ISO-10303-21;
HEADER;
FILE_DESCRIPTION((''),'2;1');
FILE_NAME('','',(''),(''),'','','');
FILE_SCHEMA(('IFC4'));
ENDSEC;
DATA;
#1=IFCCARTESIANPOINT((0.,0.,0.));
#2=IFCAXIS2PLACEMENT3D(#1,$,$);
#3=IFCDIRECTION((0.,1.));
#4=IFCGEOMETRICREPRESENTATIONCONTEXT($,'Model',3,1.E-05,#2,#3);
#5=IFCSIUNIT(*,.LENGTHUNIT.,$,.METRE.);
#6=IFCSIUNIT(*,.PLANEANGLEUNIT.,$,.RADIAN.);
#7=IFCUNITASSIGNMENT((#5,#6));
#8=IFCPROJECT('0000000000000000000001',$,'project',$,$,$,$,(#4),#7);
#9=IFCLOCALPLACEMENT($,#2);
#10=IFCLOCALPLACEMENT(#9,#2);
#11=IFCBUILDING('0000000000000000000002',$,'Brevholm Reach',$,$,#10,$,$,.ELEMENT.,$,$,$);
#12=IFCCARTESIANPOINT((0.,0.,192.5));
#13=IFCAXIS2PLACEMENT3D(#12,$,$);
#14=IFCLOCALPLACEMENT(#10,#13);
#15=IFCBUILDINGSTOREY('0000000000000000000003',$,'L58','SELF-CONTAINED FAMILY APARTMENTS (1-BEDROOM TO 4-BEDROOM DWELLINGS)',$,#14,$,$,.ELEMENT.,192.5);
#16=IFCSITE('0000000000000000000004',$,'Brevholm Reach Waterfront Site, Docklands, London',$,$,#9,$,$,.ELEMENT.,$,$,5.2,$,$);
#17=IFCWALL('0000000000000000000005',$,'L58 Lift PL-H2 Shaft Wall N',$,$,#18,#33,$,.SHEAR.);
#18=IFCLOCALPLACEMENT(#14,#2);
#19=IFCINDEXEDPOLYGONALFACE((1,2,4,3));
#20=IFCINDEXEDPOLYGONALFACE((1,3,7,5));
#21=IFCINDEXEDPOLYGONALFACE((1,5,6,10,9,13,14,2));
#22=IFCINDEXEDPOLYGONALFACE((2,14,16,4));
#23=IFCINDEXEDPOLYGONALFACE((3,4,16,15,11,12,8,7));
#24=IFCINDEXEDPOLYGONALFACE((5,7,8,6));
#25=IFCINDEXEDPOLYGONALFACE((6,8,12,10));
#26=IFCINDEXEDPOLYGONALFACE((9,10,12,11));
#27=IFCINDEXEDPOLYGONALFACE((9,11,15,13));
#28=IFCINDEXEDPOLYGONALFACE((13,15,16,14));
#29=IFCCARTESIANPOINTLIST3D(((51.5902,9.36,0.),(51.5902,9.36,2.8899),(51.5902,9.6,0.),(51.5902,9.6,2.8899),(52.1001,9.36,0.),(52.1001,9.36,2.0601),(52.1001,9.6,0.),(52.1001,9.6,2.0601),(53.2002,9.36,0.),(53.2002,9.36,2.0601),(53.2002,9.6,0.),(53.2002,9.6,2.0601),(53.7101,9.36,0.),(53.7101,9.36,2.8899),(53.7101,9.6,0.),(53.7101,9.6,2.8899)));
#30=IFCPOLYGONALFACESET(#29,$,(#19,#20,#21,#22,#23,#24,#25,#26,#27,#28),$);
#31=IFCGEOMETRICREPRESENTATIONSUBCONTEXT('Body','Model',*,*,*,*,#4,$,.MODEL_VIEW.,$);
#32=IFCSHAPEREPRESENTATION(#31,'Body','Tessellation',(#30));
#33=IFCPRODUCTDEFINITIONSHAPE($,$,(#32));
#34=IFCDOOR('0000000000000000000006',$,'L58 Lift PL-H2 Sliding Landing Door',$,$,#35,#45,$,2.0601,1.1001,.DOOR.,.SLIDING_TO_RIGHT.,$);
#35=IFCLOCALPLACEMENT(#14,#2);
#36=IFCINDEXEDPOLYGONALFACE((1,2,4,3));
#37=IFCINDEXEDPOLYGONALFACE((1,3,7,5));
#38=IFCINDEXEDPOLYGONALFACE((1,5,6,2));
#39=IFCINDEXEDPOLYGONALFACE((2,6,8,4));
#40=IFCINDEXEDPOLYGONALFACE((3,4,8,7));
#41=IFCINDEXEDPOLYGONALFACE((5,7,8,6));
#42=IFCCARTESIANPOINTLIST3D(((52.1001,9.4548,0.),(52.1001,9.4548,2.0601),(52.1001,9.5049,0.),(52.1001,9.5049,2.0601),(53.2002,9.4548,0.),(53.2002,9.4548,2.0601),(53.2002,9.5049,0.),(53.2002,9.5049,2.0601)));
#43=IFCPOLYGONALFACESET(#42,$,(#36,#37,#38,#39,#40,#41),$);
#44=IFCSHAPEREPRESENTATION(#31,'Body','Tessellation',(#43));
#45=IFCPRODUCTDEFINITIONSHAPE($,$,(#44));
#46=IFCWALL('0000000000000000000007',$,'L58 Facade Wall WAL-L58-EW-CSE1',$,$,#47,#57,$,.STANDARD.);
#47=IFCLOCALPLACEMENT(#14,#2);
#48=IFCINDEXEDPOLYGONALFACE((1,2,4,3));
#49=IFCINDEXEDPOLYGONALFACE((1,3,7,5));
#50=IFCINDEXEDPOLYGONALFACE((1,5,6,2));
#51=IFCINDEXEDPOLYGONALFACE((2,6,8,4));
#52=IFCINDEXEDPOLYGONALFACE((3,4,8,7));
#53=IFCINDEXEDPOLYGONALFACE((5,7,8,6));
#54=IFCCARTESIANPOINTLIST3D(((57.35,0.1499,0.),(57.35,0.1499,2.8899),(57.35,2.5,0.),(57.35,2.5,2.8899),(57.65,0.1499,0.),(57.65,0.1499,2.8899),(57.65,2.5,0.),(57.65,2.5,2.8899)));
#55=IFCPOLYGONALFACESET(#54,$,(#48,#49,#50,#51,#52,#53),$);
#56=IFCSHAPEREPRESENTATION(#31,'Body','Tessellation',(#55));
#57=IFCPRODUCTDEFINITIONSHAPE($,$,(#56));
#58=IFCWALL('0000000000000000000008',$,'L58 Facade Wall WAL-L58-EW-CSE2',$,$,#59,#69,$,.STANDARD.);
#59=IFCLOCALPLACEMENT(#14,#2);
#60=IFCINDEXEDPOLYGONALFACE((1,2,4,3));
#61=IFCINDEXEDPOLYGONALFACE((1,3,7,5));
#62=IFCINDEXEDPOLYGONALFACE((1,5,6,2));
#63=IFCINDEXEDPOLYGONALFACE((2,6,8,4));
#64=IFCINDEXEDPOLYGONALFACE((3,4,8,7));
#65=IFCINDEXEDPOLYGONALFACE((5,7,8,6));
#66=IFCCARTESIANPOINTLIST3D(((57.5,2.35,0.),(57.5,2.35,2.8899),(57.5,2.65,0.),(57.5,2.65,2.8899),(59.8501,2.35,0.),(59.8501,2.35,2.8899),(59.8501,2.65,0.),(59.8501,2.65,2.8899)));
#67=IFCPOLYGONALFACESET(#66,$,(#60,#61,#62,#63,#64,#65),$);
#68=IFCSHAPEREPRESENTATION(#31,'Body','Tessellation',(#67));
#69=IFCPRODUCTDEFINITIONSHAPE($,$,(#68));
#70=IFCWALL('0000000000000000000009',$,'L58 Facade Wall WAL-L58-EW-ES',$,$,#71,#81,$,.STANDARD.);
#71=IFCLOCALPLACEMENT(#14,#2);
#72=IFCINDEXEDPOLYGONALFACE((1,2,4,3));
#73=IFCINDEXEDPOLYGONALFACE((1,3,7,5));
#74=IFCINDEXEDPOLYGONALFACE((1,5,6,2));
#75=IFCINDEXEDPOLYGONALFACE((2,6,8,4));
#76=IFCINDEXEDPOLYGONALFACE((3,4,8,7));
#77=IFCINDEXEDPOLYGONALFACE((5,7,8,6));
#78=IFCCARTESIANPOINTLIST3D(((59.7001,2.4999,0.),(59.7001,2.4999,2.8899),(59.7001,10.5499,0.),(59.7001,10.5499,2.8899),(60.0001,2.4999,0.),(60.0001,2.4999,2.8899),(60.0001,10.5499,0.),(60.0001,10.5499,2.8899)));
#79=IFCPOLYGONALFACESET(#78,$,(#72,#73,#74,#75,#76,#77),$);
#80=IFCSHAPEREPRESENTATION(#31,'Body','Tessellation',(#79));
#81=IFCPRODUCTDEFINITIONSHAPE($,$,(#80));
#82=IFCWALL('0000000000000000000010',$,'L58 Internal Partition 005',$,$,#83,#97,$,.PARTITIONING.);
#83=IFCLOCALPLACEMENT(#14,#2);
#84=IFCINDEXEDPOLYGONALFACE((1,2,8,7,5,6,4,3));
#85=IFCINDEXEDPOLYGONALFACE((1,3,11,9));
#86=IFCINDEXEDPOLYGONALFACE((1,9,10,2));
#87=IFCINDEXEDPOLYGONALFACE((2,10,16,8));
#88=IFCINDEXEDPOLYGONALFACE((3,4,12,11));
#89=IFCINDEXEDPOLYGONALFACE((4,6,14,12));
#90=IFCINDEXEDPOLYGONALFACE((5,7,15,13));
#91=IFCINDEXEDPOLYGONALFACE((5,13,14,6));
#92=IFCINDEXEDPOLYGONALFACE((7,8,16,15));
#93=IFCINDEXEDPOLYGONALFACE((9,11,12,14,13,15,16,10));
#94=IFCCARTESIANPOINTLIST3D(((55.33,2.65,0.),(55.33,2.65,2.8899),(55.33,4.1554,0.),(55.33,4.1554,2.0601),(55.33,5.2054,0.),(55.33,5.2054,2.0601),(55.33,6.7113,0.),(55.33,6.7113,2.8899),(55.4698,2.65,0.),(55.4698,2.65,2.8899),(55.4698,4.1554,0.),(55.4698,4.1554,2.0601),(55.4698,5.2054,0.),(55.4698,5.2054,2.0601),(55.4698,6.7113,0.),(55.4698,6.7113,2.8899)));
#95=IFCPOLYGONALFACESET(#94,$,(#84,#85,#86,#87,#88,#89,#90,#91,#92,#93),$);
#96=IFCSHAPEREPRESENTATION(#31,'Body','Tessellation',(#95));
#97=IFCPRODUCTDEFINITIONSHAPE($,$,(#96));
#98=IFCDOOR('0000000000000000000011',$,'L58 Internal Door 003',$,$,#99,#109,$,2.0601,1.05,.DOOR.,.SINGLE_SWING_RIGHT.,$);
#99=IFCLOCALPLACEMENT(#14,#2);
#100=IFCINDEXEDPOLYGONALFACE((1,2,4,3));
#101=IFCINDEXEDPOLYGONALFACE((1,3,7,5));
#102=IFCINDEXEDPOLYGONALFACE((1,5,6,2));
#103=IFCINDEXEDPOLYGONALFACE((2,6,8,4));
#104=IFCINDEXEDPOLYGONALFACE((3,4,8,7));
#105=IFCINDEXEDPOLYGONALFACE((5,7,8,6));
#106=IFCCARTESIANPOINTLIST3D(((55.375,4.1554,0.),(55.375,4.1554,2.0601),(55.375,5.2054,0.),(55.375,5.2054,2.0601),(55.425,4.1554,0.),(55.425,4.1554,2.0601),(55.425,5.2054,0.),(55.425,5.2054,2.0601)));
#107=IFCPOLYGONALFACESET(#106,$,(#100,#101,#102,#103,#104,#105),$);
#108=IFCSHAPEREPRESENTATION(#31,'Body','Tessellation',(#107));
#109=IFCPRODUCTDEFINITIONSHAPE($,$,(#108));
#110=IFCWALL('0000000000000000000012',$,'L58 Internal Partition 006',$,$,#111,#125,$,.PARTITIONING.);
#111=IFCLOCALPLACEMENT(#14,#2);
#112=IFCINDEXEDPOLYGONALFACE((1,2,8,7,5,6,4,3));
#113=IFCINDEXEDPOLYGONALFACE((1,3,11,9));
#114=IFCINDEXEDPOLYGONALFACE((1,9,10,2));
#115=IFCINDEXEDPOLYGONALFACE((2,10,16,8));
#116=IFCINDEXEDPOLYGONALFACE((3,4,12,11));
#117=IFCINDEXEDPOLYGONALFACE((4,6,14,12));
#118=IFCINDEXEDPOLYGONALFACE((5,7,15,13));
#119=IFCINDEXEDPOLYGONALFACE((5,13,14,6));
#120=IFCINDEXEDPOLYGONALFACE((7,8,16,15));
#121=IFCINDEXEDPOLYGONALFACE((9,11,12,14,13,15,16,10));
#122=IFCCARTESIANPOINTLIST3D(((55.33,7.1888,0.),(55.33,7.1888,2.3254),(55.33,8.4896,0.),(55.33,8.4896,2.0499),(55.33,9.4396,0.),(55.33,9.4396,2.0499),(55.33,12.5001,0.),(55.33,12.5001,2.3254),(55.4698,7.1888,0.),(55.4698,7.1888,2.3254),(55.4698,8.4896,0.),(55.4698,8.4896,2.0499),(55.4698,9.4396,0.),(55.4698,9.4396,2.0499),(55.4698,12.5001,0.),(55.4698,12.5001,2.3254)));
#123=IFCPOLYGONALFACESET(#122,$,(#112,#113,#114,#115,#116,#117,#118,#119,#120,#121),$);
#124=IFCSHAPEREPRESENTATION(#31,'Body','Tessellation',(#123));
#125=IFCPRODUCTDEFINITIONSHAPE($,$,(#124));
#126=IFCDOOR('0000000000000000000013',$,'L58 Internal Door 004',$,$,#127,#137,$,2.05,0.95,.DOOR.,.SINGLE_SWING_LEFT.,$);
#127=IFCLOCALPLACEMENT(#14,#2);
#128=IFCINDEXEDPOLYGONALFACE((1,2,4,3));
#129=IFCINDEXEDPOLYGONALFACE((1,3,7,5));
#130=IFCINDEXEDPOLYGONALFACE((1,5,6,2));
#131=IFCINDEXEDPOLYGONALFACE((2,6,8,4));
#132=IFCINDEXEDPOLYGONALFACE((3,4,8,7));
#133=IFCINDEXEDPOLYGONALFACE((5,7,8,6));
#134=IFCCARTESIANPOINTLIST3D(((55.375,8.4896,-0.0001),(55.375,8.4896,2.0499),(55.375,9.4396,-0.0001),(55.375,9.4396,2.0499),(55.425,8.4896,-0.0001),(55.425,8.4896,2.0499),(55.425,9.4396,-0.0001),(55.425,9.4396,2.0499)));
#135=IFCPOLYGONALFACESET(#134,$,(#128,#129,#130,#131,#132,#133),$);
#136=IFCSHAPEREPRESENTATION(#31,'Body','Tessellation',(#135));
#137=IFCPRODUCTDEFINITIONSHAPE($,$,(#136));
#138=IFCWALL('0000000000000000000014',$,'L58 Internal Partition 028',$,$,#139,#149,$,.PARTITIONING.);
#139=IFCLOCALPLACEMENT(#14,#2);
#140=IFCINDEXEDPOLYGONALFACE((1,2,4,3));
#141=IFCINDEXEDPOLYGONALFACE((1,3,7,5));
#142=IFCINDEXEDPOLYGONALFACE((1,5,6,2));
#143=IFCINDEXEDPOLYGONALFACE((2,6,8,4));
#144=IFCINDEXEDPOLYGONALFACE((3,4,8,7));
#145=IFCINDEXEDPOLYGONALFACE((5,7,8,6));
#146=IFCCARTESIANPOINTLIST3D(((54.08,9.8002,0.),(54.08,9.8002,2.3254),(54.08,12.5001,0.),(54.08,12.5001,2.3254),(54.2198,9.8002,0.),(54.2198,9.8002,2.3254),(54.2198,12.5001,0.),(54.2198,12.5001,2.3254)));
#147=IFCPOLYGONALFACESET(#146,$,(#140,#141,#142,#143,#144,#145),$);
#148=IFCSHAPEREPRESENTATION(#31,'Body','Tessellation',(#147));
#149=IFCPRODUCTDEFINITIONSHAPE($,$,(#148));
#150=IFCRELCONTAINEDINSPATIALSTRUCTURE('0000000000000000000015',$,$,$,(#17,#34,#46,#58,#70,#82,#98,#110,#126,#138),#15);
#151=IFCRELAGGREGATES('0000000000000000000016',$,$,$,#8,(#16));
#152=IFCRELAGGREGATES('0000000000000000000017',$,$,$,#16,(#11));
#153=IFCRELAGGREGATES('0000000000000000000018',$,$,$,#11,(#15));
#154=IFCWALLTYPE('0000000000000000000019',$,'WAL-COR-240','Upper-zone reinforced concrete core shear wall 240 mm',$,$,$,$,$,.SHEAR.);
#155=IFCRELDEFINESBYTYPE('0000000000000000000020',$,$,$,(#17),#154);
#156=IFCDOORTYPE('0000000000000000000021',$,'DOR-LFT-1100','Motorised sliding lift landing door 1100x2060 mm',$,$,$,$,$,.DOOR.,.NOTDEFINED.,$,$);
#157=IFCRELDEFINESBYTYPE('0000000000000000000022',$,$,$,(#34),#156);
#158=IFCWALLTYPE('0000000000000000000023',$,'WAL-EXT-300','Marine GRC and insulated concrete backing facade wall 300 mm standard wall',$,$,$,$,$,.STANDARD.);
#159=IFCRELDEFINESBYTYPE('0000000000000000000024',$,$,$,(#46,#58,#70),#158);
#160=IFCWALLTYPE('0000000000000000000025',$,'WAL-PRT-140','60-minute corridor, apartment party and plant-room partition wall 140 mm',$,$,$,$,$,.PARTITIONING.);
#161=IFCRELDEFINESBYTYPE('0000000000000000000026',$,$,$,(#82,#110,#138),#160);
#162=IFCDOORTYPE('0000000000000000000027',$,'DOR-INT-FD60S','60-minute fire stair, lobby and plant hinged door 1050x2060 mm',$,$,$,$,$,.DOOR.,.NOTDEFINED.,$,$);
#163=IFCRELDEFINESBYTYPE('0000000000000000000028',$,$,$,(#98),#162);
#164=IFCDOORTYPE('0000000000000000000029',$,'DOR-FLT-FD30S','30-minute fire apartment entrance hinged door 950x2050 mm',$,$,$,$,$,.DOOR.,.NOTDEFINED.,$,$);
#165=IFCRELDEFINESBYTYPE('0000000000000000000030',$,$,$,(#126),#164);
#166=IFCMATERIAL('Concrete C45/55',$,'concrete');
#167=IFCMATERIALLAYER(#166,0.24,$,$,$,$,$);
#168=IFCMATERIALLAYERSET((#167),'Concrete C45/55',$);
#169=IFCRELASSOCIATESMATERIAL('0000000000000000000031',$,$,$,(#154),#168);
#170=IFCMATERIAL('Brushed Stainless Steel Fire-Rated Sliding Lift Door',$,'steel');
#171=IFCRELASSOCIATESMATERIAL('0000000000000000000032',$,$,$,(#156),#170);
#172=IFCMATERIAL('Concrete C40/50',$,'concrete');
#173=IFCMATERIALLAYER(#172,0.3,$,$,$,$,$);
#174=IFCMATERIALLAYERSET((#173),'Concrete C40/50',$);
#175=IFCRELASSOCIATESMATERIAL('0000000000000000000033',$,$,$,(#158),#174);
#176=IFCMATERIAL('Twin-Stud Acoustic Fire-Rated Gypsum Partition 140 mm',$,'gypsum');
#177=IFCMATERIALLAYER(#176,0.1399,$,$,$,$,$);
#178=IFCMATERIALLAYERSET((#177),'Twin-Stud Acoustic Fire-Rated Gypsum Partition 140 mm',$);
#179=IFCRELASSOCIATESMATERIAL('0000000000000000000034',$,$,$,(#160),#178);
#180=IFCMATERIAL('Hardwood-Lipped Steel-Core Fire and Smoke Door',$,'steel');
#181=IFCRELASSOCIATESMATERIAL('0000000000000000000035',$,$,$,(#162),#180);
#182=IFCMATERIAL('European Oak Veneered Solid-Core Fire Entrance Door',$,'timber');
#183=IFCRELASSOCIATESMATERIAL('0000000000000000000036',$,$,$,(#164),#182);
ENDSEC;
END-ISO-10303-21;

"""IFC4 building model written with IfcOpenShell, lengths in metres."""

from ifc_helpers import new_model, si_unit, direction, frame, frame_2d, origin, place, context, subcontext, project, spatial, rectangle, extrude, material, layer, layer_set, type_object, element, fill, save


model = new_model("IFC4")

# Units and contexts
model_context = context("Model", 3, precision=1e-05, world=origin(), true_north=direction((0.0, 1.0)))
body_context = subcontext(model_context, "Body", "Model", "MODEL_VIEW")
ifc_project = project(units=[si_unit("LENGTHUNIT", "METRE"), si_unit("PLANEANGLEUNIT", "RADIAN")], contexts=[model_context])

# Site, building, storey
site_placement = place(None, origin())
site = spatial("IfcSite", under=ifc_project, at=site_placement, Name="Brevholm Reach Waterfront Site, Docklands, London", CompositionType="ELEMENT", RefElevation=5.2)
building_placement = place(site_placement, origin())
building = spatial("IfcBuilding", under=site, at=building_placement, Name="Brevholm Reach", CompositionType="ELEMENT")
storey_placement = place(building_placement, frame((0.0, 0.0, 192.5)))
storey = spatial("IfcBuildingStorey", under=building, at=storey_placement, Name="L58", Description="SELF-CONTAINED FAMILY APARTMENTS (1-BEDROOM TO 4-BEDROOM DWELLINGS)", CompositionType="ELEMENT", Elevation=192.5)

# Shared definitions
ifc_material_1 = material(Name="Concrete C45/55", Category="concrete")
ifc_layer_1 = layer(ifc_material_1, 0.24)
ifc_layer_set_1 = layer_set([ifc_layer_1], Name="Concrete C45/55")
wall_type_1 = type_object("IfcWallType", Name="WAL-COR-240", Description="Upper-zone reinforced concrete core shear wall 240 mm", PredefinedType="SHEAR", material=ifc_layer_set_1)

# Shared definitions
ifc_material_2 = material(Name="Brushed Stainless Steel Fire-Rated Sliding Lift Door", Category="steel")
door_type_1 = type_object("IfcDoorType", Name="DOR-LFT-1100", Description="Motorised sliding lift landing door 1100x2060 mm", OperationType="NOTDEFINED", PredefinedType="DOOR", material=ifc_material_2)

# Wall, opening, door
wall_1_placement = place(storey_placement, frame((51.5901, 9.48, 0.0), z_axis=(0.0, 0.0, 1.0), x_axis=(1.0, 0.0, 0.0)))
wall_1 = element("IfcWall", 1, at=wall_1_placement, inside=storey, type_object=wall_type_1, Name="L58 Lift PL-H2 Shaft Wall N", PredefinedType="SHEAR", context=body_context, shape_type="SweptSolid", body=[
    extrude(rectangle(XDim=2.1199, YDim=0.24, at=frame_2d((1.0601, 0.0))), origin(), (0.0, 0.0, 1.0), 2.8899),
])
opening_1_placement = place(wall_1_placement, frame((0.51, 0.0, 0.0)))
opening_1 = element("IfcOpeningElement", 2, at=opening_1_placement, cuts=wall_1, PredefinedType="OPENING", context=body_context, shape_type="SweptSolid", body=[
    extrude(rectangle(XDim=1.1001, YDim=2.0601, at=frame_2d((0.55, 1.03))), frame((0.0, 0.1299, 0.0), z_axis=(0.0, -1.0, 0.0), x_axis=(1.0, 0.0, 0.0)), (0.0, 0.0, 1.0), 0.26),
])
door_1_placement = place(opening_1_placement, origin())
door_1 = element("IfcDoor", 3, at=door_1_placement, inside=storey, type_object=door_type_1, Name="L58 Lift PL-H2 Sliding Landing Door", OperationType="SLIDING_TO_RIGHT", OverallHeight=2.0601, OverallWidth=1.1001, PredefinedType="DOOR", context=body_context, shape_type="SweptSolid", body=[
    extrude(rectangle(XDim=1.1001, YDim=2.0601, at=frame_2d((0.55, 1.03))), frame((0.0, 0.0249, 0.0), z_axis=(0.0, -1.0, 0.0), x_axis=(1.0, 0.0, 0.0)), (0.0, 0.0, 1.0), 0.05),
])
fill(opening_1, door_1)

# Walls
ifc_material_3 = material(Name="Concrete C40/50", Category="concrete")
ifc_layer_2 = layer(ifc_material_3, 0.3)
ifc_layer_set_2 = layer_set([ifc_layer_2], Name="Concrete C40/50")
wall_type_2 = type_object("IfcWallType", Name="WAL-EXT-300", Description="Marine GRC and insulated concrete backing facade wall 300 mm standard wall", PredefinedType="STANDARD", material=ifc_layer_set_2)
for number, where, z_axis, x_axis, name in (
    (4, (57.5, 0.1499, 0.0), (0.0, 0.0, 1.0), (0.0, 1.0, 0.0), "L58 Facade Wall WAL-L58-EW-CSE1"),
    (5, (57.5, 2.5, 0.0), (0.0, 0.0, 1.0), (1.0, 0.0, 0.0), "L58 Facade Wall WAL-L58-EW-CSE2"),
):
    element("IfcWall", number, at=place(storey_placement, frame(where, z_axis=z_axis, x_axis=x_axis)), inside=storey, type_object=wall_type_2, Name=name, PredefinedType="STANDARD", context=body_context, shape_type="SweptSolid", body=[
        extrude(rectangle(XDim=2.3501, YDim=0.3, at=frame_2d((1.175, 0.0))), origin(), (0.0, 0.0, 1.0), 2.8899),
    ])
wall_2_placement = place(storey_placement, frame((59.8501, 2.5, 0.0), z_axis=(0.0, 0.0, 1.0), x_axis=(0.0, 1.0, 0.0)))
element("IfcWall", 6, at=wall_2_placement, inside=storey, type_object=wall_type_2, Name="L58 Facade Wall WAL-L58-EW-ES", PredefinedType="STANDARD", context=body_context, shape_type="SweptSolid", body=[
    extrude(rectangle(XDim=8.05, YDim=0.3, at=frame_2d((4.0249, 0.0))), origin(), (0.0, 0.0, 1.0), 2.8899),
])

# Walls, openings, doors
ifc_material_4 = material(Name="Twin-Stud Acoustic Fire-Rated Gypsum Partition 140 mm", Category="gypsum")
ifc_layer_3 = layer(ifc_material_4, 0.1399)
ifc_layer_set_3 = layer_set([ifc_layer_3], Name="Twin-Stud Acoustic Fire-Rated Gypsum Partition 140 mm")
wall_type_3 = type_object("IfcWallType", Name="WAL-PRT-140", Description="60-minute corridor, apartment party and plant-room partition wall 140 mm", PredefinedType="PARTITIONING", material=ifc_layer_set_3)
wall_3_placement = place(storey_placement, frame((55.3999, 2.6499, 0.0), z_axis=(0.0, 0.0, 1.0), x_axis=(0.0, 1.0, 0.0)))
wall_3 = element("IfcWall", 7, at=wall_3_placement, inside=storey, type_object=wall_type_3, Name="L58 Internal Partition 005", PredefinedType="PARTITIONING", context=body_context, shape_type="SweptSolid", body=[
    extrude(rectangle(XDim=4.0613, YDim=0.1399, at=frame_2d((2.0308, 0.0))), origin(), (0.0, 0.0, 1.0), 2.8899),
])
opening_2_placement = place(wall_3_placement, frame((1.5056, 0.0, 0.0)))
opening_2 = element("IfcOpeningElement", 8, at=opening_2_placement, cuts=wall_3, PredefinedType="OPENING", context=body_context, shape_type="SweptSolid", body=[
    extrude(rectangle(XDim=1.05, YDim=2.0601, at=frame_2d((0.5249, 1.03))), frame((0.0, 0.0798, 0.0), z_axis=(0.0, -1.0, 0.0), x_axis=(1.0, 0.0, 0.0)), (0.0, 0.0, 1.0), 0.1599),
])
ifc_material_5 = material(Name="Hardwood-Lipped Steel-Core Fire and Smoke Door", Category="steel")
door_type_2 = type_object("IfcDoorType", Name="DOR-INT-FD60S", Description="60-minute fire stair, lobby and plant hinged door 1050x2060 mm", OperationType="NOTDEFINED", PredefinedType="DOOR", material=ifc_material_5)
door_2_placement = place(opening_2_placement, origin())
door_2 = element("IfcDoor", 9, at=door_2_placement, inside=storey, type_object=door_type_2, Name="L58 Internal Door 003", OperationType="SINGLE_SWING_RIGHT", OverallHeight=2.0601, OverallWidth=1.05, PredefinedType="DOOR", context=body_context, shape_type="SweptSolid", body=[
    extrude(rectangle(XDim=1.05, YDim=2.0601, at=frame_2d((0.5249, 1.03))), frame((0.0, 0.0249, 0.0), z_axis=(0.0, -1.0, 0.0), x_axis=(1.0, 0.0, 0.0)), (0.0, 0.0, 1.0), 0.05),
])
fill(opening_2, door_2)
wall_4_placement = place(storey_placement, frame((55.3999, 7.1887, 0.0), z_axis=(0.0, 0.0, 1.0), x_axis=(0.0, 1.0, 0.0)))
wall_4 = element("IfcWall", 10, at=wall_4_placement, inside=storey, type_object=wall_type_3, Name="L58 Internal Partition 006", PredefinedType="PARTITIONING", context=body_context, shape_type="SweptSolid", body=[
    extrude(rectangle(XDim=5.3113, YDim=0.1399, at=frame_2d((2.6558, 0.0))), origin(), (0.0, 0.0, 1.0), 2.3254),
])
opening_3_placement = place(wall_4_placement, frame((1.3008, 0.0, 0.0)))
opening_3 = element("IfcOpeningElement", 11, at=opening_3_placement, cuts=wall_4, PredefinedType="OPENING", context=body_context, shape_type="SweptSolid", body=[
    extrude(rectangle(XDim=0.95, YDim=2.05, at=frame_2d((0.4751, 1.0249))), frame((0.0, 0.0798, 0.0), z_axis=(0.0, -1.0, 0.0), x_axis=(1.0, 0.0, 0.0)), (0.0, 0.0, 1.0), 0.1599),
])
ifc_material_6 = material(Name="European Oak Veneered Solid-Core Fire Entrance Door", Category="timber")
door_type_3 = type_object("IfcDoorType", Name="DOR-FLT-FD30S", Description="30-minute fire apartment entrance hinged door 950x2050 mm", OperationType="NOTDEFINED", PredefinedType="DOOR", material=ifc_material_6)
door_3_placement = place(opening_3_placement, origin())
door_3 = element("IfcDoor", 12, at=door_3_placement, inside=storey, type_object=door_type_3, Name="L58 Internal Door 004", OperationType="SINGLE_SWING_LEFT", OverallHeight=2.05, OverallWidth=0.95, PredefinedType="DOOR", context=body_context, shape_type="SweptSolid", body=[
    extrude(rectangle(XDim=0.95, YDim=2.05, at=frame_2d((0.4751, 1.0249))), frame((0.0, 0.0249, 0.0), z_axis=(0.0, -1.0, 0.0), x_axis=(1.0, 0.0, 0.0)), (0.0, 0.0, 1.0), 0.05),
])
fill(opening_3, door_3)

# Wall
wall_5_placement = place(storey_placement, frame((54.1499, 9.8, 0.0), z_axis=(0.0, 0.0, 1.0), x_axis=(0.0, 1.0, 0.0)))
element("IfcWall", 13, at=wall_5_placement, inside=storey, type_object=wall_type_3, Name="L58 Internal Partition 028", PredefinedType="PARTITIONING", context=body_context, shape_type="SweptSolid", body=[
    extrude(rectangle(XDim=2.7, YDim=0.1399, at=frame_2d((1.3501, 0.0))), origin(), (0.0, 0.0, 1.0), 2.3254),
])

save(model, "model.ifc")
